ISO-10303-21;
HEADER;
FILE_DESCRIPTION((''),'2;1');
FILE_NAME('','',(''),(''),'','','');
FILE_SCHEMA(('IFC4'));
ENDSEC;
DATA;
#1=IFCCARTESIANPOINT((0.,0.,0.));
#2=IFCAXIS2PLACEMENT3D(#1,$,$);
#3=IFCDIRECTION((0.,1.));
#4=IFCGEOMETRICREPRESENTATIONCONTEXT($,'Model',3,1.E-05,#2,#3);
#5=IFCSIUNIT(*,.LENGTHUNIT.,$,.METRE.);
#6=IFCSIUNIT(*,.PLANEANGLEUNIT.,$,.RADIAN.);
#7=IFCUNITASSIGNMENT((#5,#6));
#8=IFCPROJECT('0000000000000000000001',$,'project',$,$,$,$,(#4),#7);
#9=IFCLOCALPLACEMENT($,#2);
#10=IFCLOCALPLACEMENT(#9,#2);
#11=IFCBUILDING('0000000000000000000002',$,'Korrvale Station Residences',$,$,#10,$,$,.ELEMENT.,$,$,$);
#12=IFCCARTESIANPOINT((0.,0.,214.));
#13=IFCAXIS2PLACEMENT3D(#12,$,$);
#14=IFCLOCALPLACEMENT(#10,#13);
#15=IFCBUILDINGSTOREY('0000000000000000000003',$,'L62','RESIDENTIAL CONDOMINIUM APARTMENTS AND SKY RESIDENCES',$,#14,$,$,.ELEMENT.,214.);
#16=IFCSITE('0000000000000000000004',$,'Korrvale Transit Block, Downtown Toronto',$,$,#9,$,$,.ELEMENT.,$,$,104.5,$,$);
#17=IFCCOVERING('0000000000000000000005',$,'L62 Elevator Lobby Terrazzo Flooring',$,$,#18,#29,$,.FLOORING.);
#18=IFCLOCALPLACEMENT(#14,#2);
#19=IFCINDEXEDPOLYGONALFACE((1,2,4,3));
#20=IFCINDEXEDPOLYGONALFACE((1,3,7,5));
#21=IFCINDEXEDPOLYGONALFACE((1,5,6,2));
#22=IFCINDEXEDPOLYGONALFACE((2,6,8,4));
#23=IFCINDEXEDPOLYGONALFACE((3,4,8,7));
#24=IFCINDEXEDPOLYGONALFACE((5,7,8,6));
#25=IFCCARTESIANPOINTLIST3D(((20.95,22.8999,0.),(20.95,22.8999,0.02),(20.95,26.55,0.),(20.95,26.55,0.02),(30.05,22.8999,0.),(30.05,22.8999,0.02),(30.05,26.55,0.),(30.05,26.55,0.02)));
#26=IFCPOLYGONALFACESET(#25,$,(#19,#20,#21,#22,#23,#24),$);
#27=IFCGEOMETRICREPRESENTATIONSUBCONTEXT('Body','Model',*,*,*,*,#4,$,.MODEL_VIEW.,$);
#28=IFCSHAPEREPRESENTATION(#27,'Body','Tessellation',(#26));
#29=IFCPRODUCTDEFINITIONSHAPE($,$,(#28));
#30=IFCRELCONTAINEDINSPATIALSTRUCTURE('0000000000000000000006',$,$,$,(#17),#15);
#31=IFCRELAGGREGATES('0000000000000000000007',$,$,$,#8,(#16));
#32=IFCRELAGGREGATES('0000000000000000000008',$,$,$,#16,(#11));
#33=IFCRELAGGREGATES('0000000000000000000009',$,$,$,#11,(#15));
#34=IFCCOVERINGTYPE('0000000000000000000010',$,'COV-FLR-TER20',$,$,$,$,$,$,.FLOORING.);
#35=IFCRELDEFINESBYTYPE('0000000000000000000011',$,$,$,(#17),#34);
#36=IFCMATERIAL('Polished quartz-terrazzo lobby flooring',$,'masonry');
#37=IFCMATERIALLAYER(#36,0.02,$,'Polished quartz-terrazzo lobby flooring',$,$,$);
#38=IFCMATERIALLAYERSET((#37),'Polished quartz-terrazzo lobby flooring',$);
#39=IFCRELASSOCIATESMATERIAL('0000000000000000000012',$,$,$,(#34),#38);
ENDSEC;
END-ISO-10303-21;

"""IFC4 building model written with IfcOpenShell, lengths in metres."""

from ifc_helpers import new_model, si_unit, direction, frame, origin, place, context, subcontext, project, spatial, polyline, outline, extrude, material, layer, layer_set, type_object, element, save


model = new_model("IFC4")

# Units and contexts
model_context = context("Model", 3, precision=1e-05, world=origin(), true_north=direction((0.0, 1.0)))
body_context = subcontext(model_context, "Body", "Model", "MODEL_VIEW")
ifc_project = project(units=[si_unit("LENGTHUNIT", "METRE"), si_unit("PLANEANGLEUNIT", "RADIAN")], contexts=[model_context])

# Site, building, storey
site_placement = place(None, origin())
site = spatial("IfcSite", under=ifc_project, at=site_placement, Name="Korrvale Transit Block, Downtown Toronto", CompositionType="ELEMENT", RefElevation=104.5)
building_placement = place(site_placement, origin())
building = spatial("IfcBuilding", under=site, at=building_placement, Name="Korrvale Station Residences", CompositionType="ELEMENT")
storey_placement = place(building_placement, frame((0.0, 0.0, 214.0)))
storey = spatial("IfcBuildingStorey", under=building, at=storey_placement, Name="L62", Description="RESIDENTIAL CONDOMINIUM APARTMENTS AND SKY RESIDENCES", CompositionType="ELEMENT", Elevation=214.0)

# Covering
ifc_material_1 = material(Name="Polished quartz-terrazzo lobby flooring", Category="masonry")
ifc_layer_1 = layer(ifc_material_1, 0.02, Name="Polished quartz-terrazzo lobby flooring")
ifc_layer_set_1 = layer_set([ifc_layer_1], Name="Polished quartz-terrazzo lobby flooring")
covering_type_1 = type_object("IfcCoveringType", Name="COV-FLR-TER20", PredefinedType="FLOORING", material=ifc_layer_set_1)
covering_1_placement = place(storey_placement, origin())
element("IfcCovering", 1, at=covering_1_placement, inside=storey, type_object=covering_type_1, Name="L62 Elevator Lobby Terrazzo Flooring", PredefinedType="FLOORING", context=body_context, shape_type="SweptSolid", body=[
    extrude(outline(polyline([(20.95, 22.8999), (30.05, 22.8999), (30.05, 26.55), (20.95, 26.55), (20.95, 22.8999)])), origin(), (0.0, 0.0, 1.0), 0.02),
])

save(model, "model.ifc")
